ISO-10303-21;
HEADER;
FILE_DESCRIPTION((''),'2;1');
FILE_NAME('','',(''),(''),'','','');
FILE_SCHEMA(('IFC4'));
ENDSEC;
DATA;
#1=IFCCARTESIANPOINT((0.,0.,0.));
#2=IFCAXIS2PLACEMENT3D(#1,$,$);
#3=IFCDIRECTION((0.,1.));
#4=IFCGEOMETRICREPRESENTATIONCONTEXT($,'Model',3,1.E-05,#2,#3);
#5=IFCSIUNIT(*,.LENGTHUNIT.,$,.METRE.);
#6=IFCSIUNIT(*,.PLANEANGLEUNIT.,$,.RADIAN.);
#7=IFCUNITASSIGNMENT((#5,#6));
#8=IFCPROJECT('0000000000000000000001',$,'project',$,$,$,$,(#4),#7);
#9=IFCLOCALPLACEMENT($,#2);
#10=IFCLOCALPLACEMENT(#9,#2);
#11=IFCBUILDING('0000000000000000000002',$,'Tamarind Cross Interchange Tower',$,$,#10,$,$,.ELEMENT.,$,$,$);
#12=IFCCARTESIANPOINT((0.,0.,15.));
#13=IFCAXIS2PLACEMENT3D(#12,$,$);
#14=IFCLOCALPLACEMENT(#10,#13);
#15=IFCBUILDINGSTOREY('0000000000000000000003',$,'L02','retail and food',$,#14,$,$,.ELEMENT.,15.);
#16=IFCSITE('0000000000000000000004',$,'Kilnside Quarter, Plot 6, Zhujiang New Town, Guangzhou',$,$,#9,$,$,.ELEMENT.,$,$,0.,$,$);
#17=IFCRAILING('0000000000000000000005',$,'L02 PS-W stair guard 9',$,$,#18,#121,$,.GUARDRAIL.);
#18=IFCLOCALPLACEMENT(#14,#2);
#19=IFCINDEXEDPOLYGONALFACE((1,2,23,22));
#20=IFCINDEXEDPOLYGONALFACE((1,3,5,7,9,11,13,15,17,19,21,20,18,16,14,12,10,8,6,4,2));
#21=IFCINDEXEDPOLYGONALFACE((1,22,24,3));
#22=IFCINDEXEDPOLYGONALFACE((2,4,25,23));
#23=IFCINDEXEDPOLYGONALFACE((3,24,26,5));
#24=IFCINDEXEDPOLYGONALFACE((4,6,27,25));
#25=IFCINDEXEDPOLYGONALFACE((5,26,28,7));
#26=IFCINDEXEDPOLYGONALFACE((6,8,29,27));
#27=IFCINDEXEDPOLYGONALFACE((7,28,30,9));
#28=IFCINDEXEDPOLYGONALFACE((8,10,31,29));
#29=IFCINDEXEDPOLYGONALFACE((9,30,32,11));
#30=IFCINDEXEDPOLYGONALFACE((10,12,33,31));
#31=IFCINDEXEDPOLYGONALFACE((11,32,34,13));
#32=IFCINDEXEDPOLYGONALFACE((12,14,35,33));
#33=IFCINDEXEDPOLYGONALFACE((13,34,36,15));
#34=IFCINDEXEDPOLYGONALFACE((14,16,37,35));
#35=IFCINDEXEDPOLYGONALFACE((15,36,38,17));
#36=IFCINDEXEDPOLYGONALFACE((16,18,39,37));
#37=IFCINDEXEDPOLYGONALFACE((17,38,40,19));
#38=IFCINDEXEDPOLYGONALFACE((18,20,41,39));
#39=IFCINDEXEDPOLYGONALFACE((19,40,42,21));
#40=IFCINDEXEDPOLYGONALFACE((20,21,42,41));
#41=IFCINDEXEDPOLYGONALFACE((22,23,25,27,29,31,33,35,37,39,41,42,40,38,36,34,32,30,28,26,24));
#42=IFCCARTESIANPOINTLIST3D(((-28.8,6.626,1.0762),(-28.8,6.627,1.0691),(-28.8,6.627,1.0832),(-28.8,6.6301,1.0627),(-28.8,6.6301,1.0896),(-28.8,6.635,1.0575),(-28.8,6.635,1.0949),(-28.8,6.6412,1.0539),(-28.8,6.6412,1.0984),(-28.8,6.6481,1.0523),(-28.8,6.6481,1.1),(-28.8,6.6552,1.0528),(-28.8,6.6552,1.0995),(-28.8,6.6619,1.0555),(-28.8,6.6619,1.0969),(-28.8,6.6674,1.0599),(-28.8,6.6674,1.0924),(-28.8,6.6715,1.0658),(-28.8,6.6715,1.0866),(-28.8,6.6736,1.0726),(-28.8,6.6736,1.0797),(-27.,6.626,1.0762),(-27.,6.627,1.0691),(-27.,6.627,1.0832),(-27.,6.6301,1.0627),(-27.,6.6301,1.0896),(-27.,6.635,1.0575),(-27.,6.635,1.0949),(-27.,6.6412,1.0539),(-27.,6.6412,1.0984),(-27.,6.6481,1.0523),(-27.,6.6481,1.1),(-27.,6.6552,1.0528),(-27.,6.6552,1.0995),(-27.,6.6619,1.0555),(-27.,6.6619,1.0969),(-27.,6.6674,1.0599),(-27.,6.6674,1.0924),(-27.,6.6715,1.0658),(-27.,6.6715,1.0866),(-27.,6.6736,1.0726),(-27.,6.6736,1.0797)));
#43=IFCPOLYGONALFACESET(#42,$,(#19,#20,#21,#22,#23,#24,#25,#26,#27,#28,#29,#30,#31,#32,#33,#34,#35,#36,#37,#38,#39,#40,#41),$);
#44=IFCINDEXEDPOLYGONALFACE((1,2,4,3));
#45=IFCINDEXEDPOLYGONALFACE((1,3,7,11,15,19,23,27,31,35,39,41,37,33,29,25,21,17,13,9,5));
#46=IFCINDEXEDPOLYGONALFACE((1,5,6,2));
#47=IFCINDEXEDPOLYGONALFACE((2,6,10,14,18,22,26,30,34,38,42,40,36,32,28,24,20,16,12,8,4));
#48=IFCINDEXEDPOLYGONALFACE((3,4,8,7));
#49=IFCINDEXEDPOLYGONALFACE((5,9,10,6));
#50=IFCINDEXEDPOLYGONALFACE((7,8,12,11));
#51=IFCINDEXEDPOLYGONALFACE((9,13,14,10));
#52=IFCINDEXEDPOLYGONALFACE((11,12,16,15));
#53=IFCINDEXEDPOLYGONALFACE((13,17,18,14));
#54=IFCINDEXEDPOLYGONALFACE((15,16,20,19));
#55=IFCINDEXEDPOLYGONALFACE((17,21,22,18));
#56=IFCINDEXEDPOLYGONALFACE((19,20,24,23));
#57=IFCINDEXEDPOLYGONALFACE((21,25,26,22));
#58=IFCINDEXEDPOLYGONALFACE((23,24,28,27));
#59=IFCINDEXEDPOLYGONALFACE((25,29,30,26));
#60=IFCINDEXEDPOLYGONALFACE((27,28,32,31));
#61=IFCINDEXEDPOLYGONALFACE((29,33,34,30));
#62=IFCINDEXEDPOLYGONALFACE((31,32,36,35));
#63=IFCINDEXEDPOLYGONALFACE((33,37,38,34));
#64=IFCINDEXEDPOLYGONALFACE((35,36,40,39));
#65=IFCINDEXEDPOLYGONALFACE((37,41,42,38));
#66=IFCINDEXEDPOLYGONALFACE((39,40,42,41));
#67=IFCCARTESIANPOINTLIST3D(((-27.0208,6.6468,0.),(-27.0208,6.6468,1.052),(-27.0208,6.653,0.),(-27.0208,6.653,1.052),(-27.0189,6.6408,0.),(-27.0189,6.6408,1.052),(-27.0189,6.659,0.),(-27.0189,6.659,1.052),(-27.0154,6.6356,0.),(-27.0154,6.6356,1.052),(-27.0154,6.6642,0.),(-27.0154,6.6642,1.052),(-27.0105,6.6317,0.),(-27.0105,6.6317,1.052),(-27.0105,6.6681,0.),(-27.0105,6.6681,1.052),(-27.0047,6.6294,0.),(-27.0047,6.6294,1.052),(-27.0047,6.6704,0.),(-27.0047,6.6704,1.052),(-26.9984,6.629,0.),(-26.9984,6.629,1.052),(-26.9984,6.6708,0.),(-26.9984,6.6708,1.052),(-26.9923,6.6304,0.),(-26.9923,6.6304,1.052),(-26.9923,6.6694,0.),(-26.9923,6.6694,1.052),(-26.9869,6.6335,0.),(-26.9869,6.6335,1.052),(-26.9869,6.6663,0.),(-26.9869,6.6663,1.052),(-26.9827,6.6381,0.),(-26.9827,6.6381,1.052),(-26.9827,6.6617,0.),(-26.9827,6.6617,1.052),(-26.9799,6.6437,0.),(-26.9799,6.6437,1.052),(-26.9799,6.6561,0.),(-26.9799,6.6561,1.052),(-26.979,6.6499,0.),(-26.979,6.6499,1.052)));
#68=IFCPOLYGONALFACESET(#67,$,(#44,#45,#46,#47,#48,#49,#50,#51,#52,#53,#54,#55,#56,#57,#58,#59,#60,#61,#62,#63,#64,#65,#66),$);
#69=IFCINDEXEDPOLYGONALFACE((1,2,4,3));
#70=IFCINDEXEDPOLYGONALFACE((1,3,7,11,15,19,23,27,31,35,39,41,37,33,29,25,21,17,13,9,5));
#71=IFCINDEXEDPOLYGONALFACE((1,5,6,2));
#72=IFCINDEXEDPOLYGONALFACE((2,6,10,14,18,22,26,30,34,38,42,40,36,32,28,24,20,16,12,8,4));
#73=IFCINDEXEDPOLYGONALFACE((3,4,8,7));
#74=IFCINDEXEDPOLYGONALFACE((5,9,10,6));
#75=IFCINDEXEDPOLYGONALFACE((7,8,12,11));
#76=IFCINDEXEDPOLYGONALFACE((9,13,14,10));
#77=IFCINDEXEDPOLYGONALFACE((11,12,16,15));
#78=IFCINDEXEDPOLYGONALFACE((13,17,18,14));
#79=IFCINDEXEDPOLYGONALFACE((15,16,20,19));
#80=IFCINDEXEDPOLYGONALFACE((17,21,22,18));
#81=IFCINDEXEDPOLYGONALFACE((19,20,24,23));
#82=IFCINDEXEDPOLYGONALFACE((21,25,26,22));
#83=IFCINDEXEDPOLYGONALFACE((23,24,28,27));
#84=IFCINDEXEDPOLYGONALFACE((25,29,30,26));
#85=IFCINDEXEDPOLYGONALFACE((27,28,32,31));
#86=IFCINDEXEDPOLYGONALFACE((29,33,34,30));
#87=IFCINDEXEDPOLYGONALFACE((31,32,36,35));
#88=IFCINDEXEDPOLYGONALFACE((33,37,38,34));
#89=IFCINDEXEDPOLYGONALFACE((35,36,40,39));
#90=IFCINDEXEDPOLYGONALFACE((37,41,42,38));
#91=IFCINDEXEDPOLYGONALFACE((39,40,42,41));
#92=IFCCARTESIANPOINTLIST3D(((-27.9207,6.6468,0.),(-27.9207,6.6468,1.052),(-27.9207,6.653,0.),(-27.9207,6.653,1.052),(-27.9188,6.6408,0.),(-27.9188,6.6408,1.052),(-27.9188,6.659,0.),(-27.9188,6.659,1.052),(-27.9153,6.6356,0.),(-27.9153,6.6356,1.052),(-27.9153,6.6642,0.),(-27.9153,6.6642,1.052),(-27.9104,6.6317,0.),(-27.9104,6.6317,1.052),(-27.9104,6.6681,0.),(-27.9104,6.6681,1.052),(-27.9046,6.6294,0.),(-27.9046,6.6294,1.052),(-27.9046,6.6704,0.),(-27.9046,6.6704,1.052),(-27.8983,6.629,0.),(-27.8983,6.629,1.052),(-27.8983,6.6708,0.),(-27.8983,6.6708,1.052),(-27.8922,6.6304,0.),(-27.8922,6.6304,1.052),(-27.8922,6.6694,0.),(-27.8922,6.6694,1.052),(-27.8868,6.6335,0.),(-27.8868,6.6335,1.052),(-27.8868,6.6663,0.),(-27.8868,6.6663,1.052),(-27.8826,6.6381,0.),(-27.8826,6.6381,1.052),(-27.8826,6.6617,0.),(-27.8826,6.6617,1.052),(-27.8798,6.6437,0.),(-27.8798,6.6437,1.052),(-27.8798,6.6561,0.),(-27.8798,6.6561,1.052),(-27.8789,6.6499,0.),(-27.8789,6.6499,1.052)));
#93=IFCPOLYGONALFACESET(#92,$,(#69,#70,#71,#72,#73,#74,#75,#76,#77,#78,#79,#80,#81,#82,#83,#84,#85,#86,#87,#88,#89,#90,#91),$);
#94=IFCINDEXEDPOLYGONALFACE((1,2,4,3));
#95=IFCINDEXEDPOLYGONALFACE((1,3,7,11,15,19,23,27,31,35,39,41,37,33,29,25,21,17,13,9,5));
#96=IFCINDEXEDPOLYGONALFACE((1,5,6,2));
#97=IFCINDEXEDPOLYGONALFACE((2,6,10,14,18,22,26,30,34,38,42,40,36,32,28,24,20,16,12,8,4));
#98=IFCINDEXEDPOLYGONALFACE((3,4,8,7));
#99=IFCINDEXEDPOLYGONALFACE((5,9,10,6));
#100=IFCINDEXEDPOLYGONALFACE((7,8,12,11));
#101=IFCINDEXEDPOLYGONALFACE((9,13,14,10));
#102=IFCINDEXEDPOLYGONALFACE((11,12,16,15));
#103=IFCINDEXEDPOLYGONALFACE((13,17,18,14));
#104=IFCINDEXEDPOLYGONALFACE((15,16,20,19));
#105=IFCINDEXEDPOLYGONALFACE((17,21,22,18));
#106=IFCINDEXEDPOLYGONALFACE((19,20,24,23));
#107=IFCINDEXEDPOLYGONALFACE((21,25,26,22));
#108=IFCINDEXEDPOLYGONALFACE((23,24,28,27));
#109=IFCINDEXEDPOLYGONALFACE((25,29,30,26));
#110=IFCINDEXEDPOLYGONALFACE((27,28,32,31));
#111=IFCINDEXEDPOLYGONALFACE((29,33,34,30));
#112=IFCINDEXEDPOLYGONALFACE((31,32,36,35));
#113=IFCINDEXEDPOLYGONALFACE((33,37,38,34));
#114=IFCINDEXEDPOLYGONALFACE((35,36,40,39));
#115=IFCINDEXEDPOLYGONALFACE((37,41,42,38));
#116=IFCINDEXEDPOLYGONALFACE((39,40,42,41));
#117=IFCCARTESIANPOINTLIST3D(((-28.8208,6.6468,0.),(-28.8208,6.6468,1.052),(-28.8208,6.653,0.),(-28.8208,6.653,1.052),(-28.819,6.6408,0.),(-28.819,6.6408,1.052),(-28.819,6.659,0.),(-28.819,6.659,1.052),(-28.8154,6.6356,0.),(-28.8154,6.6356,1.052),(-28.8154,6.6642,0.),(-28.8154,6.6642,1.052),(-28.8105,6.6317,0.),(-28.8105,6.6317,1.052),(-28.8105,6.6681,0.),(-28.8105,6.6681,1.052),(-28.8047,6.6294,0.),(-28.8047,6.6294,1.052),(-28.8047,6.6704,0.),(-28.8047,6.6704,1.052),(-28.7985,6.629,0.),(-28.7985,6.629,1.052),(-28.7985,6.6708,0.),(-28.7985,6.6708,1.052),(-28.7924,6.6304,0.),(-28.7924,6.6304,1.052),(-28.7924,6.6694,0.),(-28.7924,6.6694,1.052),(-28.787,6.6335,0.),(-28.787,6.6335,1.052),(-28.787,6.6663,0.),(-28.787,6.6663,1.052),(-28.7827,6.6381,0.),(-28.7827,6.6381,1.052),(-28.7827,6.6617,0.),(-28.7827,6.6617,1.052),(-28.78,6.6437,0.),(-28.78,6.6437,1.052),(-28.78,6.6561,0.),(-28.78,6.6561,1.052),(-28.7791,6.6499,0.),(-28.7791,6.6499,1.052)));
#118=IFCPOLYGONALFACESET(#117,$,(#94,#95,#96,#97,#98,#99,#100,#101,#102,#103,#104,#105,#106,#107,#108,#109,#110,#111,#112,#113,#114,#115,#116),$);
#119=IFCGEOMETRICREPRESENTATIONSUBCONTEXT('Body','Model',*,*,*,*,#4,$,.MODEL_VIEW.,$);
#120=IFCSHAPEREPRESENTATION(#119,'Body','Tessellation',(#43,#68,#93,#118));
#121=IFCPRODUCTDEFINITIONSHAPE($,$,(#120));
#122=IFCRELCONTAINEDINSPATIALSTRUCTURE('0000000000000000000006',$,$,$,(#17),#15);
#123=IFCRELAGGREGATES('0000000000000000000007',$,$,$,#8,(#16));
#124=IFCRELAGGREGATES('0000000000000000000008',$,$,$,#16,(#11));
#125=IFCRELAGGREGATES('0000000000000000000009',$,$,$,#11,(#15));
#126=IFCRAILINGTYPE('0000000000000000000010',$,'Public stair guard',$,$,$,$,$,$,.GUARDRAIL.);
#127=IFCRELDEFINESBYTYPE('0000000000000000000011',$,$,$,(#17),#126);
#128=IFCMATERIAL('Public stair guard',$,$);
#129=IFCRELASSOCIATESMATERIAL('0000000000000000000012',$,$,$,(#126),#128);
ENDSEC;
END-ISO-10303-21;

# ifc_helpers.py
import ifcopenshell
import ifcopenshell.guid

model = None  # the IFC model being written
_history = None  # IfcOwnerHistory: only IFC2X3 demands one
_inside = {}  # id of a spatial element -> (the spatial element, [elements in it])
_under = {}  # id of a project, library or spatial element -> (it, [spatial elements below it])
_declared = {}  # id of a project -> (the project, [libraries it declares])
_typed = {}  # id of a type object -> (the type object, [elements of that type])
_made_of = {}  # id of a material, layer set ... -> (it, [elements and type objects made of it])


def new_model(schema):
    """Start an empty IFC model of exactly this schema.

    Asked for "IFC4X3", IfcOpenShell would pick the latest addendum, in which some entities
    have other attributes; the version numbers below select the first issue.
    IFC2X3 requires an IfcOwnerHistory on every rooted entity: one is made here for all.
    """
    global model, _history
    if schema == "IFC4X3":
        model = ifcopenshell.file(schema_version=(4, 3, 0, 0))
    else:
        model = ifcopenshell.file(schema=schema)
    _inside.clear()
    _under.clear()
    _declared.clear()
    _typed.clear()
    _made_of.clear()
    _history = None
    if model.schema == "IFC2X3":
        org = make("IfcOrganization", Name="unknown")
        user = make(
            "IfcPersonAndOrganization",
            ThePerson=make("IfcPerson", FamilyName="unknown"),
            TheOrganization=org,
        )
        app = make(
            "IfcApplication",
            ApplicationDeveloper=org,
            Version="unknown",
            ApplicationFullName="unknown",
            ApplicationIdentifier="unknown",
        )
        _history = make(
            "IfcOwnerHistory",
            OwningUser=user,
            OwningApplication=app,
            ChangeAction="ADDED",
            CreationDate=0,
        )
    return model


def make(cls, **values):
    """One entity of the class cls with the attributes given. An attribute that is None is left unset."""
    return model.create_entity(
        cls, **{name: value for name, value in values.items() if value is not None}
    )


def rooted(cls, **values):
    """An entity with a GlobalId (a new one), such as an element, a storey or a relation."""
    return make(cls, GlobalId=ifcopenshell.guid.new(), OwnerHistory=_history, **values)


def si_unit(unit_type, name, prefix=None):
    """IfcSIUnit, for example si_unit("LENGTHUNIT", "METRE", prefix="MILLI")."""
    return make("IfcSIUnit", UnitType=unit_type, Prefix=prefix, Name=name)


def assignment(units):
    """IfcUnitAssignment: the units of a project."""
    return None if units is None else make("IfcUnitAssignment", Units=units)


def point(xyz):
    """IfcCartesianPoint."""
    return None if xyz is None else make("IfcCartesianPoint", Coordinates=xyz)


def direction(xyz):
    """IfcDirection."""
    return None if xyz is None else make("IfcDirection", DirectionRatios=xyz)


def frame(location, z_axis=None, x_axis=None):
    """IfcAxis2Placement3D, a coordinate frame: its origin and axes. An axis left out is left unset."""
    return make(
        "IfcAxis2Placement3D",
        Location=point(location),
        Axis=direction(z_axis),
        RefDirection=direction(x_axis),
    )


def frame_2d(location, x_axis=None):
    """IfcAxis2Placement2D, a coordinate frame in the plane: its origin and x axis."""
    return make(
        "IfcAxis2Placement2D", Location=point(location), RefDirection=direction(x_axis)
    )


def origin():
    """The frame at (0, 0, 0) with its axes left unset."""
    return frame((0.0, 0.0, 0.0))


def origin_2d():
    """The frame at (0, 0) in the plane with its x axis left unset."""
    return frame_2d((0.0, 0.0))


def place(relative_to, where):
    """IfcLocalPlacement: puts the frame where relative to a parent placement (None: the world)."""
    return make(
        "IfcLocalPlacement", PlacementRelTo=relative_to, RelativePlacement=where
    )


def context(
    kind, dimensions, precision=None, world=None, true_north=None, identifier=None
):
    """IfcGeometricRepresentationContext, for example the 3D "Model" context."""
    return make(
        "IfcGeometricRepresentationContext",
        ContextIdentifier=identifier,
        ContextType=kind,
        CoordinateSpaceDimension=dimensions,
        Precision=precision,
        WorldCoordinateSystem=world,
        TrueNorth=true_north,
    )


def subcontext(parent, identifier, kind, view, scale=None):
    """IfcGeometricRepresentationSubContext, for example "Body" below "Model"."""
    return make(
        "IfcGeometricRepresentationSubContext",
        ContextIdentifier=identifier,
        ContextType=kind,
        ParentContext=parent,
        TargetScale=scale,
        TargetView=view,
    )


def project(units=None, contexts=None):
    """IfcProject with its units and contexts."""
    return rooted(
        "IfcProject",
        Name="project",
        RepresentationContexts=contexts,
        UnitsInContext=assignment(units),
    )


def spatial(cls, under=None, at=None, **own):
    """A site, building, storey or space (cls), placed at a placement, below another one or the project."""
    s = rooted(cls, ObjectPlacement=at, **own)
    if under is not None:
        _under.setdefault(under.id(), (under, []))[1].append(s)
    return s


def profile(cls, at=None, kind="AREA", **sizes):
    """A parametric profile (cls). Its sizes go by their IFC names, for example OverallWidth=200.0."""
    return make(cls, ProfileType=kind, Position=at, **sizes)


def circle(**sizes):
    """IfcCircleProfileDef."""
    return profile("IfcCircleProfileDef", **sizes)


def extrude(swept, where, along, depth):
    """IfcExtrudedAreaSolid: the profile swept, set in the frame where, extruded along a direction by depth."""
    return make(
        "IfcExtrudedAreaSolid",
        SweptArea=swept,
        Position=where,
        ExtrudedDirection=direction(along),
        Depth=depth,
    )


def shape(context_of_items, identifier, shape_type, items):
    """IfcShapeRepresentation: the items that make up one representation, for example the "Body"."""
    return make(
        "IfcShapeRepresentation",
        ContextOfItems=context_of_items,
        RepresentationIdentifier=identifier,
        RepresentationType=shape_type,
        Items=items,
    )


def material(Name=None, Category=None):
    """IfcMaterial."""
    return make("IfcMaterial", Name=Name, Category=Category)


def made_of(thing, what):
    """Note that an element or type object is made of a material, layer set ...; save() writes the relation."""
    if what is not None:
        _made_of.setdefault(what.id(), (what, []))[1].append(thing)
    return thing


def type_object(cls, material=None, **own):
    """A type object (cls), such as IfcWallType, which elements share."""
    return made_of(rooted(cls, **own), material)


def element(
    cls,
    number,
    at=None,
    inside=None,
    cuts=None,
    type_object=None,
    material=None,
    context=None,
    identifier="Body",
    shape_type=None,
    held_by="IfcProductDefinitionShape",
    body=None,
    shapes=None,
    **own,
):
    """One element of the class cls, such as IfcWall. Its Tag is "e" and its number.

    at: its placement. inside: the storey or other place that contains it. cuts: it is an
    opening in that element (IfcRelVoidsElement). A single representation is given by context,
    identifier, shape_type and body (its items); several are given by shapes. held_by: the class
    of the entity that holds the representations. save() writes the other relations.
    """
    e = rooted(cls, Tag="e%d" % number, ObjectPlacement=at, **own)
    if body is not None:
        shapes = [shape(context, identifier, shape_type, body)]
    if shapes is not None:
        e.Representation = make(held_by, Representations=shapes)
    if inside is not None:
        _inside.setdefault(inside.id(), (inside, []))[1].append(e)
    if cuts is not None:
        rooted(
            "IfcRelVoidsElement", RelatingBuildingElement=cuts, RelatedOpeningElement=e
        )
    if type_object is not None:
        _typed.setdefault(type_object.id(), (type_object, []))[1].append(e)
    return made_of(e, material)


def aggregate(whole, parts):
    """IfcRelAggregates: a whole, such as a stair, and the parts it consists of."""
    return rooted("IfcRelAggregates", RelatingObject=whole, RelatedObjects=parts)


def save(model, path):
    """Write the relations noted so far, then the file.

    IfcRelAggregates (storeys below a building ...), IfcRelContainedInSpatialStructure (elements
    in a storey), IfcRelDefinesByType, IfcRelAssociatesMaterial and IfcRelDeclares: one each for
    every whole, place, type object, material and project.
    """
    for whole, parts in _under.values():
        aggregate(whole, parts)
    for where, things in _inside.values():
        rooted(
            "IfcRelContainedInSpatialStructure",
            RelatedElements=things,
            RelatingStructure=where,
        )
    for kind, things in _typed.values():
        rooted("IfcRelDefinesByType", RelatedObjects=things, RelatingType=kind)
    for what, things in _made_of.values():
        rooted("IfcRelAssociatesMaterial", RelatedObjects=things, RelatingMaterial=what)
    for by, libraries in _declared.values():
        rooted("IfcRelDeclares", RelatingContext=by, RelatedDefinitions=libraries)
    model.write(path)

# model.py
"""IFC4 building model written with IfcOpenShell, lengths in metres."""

from ifc_helpers import new_model, si_unit, direction, frame, origin, origin_2d, place, context, subcontext, project, spatial, circle, extrude, material, type_object, element, save


model = new_model("IFC4")

# Units and contexts
model_context = context("Model", 3, precision=1e-05, world=origin(), true_north=direction((0.0, 1.0)))
body_context = subcontext(model_context, "Body", "Model", "MODEL_VIEW")
ifc_project = project(units=[si_unit("LENGTHUNIT", "METRE"), si_unit("PLANEANGLEUNIT", "RADIAN")], contexts=[model_context])

# Site, building, storey
site_placement = place(None, origin())
site = spatial("IfcSite", under=ifc_project, at=site_placement, Name="Kilnside Quarter, Plot 6, Zhujiang New Town, Guangzhou", CompositionType="ELEMENT", RefElevation=0.0)
building_placement = place(site_placement, origin())
building = spatial("IfcBuilding", under=site, at=building_placement, Name="Tamarind Cross Interchange Tower", CompositionType="ELEMENT")
storey_placement = place(building_placement, frame((0.0, 0.0, 15.0)))
storey = spatial("IfcBuildingStorey", under=building, at=storey_placement, Name="L02", Description="retail and food", CompositionType="ELEMENT", Elevation=15.0)

# Railing
ifc_material_1 = material(Name="Public stair guard")
railing_type = type_object("IfcRailingType", Name="Public stair guard", PredefinedType="GUARDRAIL", material=ifc_material_1)
for number, where, name in (
    (1, (-27.0, 6.6499, 0.0), "L02 PS-W stair guard 9"),
):
    element("IfcRailing", number, at=place(storey_placement, frame(where)), inside=storey, type_object=railing_type, Name=name, PredefinedType="GUARDRAIL", context=body_context, shape_type="SweptSolid", body=[
        extrude(circle(Radius=0.0239, at=origin_2d()), frame((0.0, 0.0, 1.0762), z_axis=(-1.0, 0.0, 0.0), x_axis=(0.0, -1.0, 0.0)), (0.0, 0.0, 1.0), 1.8),
        extrude(circle(Radius=0.021, at=origin_2d()), origin(), (0.0, 0.0, 1.0), 1.052),
        extrude(circle(Radius=0.021, at=origin_2d()), frame((-0.8999, 0.0, 0.0)), (0.0, 0.0, 1.0), 1.052),
        extrude(circle(Radius=0.021, at=origin_2d()), frame((-1.8, 0.0, 0.0)), (0.0, 0.0, 1.0), 1.052),
    ])

save(model, "model.ifc")
